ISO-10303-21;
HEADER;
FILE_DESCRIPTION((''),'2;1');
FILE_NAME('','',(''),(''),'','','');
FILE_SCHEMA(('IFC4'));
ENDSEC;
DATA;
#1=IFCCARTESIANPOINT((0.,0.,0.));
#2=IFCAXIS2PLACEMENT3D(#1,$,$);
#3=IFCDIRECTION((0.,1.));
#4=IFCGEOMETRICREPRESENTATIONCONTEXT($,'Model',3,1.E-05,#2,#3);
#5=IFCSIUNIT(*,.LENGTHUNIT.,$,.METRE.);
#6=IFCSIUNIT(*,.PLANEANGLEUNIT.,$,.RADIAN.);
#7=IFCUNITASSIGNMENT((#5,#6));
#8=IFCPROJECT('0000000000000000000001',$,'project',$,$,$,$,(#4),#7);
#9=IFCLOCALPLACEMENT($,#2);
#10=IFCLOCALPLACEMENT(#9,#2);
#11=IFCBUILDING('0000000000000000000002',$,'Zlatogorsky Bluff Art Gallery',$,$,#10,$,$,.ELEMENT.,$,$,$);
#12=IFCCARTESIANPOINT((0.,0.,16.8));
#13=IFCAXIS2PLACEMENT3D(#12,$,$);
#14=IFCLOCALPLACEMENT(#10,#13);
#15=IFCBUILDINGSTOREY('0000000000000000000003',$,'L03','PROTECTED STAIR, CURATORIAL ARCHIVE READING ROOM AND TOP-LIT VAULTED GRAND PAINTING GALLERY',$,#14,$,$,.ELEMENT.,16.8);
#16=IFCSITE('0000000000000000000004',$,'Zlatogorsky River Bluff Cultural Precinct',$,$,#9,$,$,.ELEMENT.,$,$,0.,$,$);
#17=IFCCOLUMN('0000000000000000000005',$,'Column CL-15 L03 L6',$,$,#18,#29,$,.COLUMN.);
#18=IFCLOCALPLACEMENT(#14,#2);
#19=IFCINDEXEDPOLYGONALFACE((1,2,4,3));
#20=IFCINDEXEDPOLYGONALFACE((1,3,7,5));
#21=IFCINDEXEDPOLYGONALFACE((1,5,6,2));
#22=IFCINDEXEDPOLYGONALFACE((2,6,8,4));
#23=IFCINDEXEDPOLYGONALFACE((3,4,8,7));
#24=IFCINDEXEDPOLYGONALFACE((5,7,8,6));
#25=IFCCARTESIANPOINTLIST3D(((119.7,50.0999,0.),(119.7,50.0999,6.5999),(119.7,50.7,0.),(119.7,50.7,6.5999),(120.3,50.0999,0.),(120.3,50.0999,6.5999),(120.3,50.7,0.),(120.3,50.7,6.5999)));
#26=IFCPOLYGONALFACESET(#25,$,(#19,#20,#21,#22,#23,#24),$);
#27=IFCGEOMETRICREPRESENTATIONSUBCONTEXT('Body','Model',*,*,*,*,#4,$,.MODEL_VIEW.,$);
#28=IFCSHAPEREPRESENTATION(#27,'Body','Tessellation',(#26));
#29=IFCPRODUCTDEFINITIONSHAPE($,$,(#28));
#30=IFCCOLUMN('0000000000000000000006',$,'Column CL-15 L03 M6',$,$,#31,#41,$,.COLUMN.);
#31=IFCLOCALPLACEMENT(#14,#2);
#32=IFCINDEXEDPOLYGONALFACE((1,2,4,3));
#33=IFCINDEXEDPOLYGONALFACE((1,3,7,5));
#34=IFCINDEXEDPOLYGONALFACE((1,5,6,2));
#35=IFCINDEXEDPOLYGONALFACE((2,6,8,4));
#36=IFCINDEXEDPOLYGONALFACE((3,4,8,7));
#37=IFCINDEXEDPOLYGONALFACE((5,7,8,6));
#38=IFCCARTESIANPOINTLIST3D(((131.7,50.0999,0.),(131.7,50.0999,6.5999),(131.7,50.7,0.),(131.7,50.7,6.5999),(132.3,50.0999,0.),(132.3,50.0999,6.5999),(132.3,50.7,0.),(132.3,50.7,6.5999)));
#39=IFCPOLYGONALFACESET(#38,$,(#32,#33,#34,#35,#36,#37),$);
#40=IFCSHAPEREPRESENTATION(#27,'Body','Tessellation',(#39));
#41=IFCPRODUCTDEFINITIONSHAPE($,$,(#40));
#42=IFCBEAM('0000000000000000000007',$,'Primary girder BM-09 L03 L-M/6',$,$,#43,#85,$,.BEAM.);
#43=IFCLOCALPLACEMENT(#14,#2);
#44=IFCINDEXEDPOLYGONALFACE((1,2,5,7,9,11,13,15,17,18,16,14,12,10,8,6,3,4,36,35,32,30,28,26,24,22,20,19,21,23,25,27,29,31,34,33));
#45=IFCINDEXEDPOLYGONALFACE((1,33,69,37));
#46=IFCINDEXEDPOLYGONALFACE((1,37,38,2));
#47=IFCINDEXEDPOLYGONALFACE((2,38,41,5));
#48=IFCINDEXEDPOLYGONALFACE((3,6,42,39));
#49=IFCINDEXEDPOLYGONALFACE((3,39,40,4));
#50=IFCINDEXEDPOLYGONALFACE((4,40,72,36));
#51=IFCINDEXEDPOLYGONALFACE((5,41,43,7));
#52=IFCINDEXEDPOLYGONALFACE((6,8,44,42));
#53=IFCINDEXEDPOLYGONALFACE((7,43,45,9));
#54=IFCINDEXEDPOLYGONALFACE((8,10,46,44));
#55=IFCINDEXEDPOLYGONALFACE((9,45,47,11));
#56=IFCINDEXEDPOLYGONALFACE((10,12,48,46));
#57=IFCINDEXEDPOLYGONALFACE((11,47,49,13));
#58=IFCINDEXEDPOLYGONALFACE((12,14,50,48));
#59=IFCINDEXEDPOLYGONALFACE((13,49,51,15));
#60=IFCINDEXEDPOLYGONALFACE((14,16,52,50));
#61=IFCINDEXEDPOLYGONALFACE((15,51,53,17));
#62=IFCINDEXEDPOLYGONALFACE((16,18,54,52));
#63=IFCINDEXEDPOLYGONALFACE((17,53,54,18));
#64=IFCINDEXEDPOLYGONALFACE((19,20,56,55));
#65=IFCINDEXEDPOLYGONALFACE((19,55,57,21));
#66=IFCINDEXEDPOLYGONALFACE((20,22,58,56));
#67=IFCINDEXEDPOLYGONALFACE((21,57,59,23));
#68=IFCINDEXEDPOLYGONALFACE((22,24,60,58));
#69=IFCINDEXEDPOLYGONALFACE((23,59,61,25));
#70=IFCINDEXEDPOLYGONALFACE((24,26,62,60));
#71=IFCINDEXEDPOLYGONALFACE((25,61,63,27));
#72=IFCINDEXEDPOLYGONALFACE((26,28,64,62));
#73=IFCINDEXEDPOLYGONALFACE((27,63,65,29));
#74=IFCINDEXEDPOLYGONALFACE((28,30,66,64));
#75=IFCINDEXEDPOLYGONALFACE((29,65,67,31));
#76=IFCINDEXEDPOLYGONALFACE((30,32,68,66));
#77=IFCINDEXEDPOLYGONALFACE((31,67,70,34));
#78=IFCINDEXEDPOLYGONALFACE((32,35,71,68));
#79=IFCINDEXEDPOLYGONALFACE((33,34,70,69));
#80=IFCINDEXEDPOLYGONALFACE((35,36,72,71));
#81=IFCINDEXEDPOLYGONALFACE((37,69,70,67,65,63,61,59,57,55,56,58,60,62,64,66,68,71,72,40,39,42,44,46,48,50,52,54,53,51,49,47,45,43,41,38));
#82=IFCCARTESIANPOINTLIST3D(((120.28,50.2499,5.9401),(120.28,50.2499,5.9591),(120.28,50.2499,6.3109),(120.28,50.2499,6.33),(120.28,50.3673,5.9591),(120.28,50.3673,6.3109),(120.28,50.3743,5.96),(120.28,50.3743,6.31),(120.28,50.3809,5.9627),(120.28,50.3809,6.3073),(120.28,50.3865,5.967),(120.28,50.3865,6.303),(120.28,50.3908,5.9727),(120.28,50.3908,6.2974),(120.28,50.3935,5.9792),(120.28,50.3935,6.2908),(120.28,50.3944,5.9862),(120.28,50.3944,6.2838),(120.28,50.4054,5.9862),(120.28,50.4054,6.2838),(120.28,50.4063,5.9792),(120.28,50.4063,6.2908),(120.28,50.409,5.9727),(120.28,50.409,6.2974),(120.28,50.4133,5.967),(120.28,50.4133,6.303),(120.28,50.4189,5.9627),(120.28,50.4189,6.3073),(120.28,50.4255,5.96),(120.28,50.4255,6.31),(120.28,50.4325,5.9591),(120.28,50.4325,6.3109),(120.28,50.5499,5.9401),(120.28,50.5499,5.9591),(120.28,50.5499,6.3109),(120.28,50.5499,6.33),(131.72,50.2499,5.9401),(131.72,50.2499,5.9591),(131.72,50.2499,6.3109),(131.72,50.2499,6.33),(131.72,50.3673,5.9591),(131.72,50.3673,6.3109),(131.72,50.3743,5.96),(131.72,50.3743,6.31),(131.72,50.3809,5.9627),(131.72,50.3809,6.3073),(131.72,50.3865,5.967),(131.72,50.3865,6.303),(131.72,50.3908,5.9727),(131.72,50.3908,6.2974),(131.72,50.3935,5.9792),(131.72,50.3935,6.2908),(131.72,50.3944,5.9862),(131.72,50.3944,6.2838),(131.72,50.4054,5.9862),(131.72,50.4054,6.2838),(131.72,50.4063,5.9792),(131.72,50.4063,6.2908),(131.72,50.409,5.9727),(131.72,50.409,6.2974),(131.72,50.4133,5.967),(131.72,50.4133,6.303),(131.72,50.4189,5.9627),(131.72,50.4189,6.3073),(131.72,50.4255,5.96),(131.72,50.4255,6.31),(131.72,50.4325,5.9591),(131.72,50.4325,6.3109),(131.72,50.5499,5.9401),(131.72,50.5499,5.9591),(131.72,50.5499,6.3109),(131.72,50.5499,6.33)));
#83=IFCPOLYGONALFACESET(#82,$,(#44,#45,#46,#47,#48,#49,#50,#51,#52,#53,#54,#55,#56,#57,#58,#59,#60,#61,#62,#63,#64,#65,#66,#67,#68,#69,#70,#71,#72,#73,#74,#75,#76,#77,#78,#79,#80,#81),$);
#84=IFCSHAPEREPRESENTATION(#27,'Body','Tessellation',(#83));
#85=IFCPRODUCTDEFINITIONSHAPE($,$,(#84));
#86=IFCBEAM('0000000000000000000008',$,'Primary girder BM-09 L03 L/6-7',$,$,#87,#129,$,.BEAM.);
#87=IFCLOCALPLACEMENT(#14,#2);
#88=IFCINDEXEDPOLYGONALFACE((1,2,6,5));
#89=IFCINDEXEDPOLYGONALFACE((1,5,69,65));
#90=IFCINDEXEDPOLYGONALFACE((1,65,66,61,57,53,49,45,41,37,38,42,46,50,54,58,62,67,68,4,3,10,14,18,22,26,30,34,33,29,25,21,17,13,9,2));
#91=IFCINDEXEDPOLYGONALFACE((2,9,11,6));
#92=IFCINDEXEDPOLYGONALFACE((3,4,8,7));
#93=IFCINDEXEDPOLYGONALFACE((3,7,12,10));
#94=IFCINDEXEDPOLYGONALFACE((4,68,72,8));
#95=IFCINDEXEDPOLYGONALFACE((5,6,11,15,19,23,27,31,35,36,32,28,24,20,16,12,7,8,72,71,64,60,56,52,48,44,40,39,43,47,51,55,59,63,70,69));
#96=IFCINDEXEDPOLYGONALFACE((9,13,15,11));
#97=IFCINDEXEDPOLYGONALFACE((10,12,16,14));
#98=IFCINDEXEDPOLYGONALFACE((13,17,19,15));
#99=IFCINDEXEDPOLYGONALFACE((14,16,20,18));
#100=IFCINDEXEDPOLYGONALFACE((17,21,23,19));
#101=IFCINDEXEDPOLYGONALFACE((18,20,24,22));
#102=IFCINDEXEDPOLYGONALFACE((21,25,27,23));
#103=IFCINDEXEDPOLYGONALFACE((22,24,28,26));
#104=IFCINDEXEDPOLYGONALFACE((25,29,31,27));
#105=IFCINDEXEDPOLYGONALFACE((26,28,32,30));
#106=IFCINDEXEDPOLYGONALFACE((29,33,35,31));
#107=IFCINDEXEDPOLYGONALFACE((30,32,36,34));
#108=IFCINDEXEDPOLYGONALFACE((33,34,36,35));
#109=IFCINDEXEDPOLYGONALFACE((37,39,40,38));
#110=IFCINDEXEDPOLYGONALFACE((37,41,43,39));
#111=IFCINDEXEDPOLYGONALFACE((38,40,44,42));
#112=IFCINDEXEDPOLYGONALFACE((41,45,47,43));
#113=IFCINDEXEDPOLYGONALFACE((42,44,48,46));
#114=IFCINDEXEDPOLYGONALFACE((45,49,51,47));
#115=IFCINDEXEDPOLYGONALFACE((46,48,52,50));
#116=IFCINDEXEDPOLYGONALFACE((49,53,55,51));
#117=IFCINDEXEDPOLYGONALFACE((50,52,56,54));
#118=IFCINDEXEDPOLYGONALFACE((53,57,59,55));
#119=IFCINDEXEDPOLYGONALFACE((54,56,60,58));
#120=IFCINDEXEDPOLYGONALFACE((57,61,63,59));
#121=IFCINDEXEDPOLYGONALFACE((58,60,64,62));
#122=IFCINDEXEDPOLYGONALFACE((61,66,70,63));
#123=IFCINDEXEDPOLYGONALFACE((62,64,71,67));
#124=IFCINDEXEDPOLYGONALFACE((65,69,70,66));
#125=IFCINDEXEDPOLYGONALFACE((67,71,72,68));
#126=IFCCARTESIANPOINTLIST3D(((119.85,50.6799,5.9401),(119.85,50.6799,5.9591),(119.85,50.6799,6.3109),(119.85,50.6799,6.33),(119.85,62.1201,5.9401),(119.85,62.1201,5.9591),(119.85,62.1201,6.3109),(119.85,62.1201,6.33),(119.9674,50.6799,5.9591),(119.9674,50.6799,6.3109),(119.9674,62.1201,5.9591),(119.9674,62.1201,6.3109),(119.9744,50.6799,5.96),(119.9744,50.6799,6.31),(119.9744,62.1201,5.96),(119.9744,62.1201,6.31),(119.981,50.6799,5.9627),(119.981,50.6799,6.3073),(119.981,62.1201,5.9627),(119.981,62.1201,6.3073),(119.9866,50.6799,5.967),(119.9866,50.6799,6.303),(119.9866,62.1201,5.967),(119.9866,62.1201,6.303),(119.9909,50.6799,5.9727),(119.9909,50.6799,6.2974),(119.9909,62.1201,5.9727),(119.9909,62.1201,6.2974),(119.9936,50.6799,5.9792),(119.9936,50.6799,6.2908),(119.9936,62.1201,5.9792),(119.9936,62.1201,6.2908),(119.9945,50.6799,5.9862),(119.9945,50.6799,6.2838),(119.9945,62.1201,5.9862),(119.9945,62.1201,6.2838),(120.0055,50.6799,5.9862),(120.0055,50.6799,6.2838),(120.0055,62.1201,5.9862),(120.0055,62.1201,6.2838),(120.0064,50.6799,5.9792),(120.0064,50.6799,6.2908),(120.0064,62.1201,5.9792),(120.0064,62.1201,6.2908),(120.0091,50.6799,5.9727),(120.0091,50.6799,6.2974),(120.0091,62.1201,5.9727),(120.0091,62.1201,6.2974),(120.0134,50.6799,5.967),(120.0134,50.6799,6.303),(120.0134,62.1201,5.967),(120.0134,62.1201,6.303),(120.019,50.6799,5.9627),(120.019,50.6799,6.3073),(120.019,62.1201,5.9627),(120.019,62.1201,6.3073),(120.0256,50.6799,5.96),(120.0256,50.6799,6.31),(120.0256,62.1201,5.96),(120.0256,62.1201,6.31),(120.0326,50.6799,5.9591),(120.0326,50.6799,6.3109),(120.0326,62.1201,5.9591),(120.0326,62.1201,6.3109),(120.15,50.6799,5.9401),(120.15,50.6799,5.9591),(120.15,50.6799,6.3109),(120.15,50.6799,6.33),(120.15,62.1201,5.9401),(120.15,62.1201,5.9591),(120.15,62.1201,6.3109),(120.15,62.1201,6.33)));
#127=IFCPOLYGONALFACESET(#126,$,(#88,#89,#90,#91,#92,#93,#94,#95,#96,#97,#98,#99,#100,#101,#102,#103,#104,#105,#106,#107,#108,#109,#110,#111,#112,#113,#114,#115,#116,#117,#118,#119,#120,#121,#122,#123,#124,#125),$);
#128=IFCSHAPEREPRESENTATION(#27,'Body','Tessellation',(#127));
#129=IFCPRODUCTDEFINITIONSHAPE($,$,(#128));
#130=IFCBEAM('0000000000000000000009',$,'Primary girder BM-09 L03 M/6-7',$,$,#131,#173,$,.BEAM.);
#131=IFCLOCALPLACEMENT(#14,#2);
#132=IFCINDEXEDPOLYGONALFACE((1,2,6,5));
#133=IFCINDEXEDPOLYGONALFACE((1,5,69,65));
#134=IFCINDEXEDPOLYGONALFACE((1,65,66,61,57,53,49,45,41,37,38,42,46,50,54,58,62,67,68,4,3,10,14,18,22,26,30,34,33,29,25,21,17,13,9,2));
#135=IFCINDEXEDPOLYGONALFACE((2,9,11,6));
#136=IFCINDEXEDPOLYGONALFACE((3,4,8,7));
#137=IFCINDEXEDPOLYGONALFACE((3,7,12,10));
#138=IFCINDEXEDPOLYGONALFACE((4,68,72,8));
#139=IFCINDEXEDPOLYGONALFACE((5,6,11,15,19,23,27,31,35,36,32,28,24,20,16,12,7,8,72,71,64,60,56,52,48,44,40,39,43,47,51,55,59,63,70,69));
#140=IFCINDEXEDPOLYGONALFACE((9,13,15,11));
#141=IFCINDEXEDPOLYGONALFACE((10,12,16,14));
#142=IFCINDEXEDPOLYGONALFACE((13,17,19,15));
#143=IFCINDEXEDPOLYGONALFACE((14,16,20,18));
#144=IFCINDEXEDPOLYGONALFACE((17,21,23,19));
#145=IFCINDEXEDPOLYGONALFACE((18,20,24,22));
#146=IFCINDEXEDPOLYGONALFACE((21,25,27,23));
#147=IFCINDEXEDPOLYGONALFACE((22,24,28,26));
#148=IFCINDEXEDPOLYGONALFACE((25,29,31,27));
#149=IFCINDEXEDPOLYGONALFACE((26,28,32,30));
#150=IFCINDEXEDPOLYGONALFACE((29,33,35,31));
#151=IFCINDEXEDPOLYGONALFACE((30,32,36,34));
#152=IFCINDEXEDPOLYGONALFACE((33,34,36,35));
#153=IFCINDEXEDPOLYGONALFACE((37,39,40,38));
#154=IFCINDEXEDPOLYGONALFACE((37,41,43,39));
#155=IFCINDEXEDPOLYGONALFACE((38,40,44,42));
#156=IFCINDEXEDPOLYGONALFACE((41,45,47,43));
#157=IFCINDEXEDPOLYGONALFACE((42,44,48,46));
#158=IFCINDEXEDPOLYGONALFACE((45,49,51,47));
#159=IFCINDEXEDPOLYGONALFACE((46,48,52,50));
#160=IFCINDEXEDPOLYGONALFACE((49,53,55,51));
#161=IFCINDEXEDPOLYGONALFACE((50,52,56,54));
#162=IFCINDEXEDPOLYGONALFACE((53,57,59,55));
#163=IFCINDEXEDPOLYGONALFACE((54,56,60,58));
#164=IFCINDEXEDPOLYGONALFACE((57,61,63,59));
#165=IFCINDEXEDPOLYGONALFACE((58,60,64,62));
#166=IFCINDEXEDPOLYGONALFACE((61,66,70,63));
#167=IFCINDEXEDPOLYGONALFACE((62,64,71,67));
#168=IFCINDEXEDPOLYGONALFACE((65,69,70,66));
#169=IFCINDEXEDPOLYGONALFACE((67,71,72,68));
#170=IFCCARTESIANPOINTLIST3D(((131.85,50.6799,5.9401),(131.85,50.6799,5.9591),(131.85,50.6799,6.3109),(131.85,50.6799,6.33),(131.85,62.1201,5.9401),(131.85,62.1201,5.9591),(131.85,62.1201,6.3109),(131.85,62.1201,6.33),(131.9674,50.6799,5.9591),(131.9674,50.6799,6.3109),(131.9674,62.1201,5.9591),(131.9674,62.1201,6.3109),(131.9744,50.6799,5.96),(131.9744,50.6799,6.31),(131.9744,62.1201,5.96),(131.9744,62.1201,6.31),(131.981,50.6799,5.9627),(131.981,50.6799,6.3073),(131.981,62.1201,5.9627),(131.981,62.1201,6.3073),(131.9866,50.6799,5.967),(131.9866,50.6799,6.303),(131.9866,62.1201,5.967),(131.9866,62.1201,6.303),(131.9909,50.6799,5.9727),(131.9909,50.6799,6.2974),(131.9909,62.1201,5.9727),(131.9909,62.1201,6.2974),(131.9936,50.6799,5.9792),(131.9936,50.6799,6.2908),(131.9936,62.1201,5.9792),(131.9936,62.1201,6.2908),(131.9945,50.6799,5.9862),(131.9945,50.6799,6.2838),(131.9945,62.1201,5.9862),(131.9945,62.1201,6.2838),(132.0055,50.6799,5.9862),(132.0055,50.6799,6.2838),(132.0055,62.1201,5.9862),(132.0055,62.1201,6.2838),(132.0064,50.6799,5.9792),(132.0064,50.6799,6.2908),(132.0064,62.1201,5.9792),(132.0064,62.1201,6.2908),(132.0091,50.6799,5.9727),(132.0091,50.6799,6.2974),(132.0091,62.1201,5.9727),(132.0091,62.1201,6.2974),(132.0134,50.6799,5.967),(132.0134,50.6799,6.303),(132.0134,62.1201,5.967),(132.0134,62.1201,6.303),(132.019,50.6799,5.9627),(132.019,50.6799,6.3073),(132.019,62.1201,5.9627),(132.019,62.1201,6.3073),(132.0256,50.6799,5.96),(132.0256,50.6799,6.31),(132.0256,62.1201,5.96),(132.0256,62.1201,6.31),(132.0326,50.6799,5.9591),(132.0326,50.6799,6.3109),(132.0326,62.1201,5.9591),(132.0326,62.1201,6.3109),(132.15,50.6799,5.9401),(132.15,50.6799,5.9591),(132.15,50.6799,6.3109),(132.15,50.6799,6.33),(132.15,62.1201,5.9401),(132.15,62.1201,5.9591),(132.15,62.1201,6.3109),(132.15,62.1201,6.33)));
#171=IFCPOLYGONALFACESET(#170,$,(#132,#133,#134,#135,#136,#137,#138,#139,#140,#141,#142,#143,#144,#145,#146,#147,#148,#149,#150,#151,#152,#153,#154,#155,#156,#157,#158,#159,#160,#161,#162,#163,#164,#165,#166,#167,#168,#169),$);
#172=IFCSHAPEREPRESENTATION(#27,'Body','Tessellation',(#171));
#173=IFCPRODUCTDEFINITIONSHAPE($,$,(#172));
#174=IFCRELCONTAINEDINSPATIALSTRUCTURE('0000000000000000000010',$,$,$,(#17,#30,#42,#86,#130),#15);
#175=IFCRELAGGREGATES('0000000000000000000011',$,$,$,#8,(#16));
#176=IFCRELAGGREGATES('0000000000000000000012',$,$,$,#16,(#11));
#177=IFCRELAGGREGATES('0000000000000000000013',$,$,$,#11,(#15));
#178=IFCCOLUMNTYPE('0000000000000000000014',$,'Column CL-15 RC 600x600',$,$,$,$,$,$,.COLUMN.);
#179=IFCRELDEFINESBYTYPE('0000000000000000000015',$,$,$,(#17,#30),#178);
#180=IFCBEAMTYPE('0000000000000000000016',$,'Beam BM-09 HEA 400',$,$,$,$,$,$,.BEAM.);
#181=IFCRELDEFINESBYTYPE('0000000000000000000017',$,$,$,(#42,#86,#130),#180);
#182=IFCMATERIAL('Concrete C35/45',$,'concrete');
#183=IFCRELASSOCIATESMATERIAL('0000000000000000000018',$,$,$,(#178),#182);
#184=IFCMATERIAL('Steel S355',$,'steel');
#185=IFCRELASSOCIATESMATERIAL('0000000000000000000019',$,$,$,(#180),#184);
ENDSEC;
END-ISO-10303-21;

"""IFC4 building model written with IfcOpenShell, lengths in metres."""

from ifc_helpers import new_model, si_unit, direction, frame, origin, origin_2d, place, context, subcontext, project, spatial, rectangle, i_section, extrude, material, material_profile, profile_set, type_object, element, save


model = new_model("IFC4")

# Units and contexts
model_context = context("Model", 3, precision=1e-05, world=origin(), true_north=direction((0.0, 1.0)))
body_context = subcontext(model_context, "Body", "Model", "MODEL_VIEW")
ifc_project = project(units=[si_unit("LENGTHUNIT", "METRE"), si_unit("PLANEANGLEUNIT", "RADIAN")], contexts=[model_context])

# Site, building, storey
site_placement = place(None, origin())
site = spatial("IfcSite", under=ifc_project, at=site_placement, Name="Zlatogorsky River Bluff Cultural Precinct", CompositionType="ELEMENT", RefElevation=0.0)
building_placement = place(site_placement, origin())
building = spatial("IfcBuilding", under=site, at=building_placement, Name="Zlatogorsky Bluff Art Gallery", CompositionType="ELEMENT")
storey_placement = place(building_placement, frame((0.0, 0.0, 16.8)))
storey = spatial("IfcBuildingStorey", under=building, at=storey_placement, Name="L03", Description="PROTECTED STAIR, CURATORIAL ARCHIVE READING ROOM AND TOP-LIT VAULTED GRAND PAINTING GALLERY", CompositionType="ELEMENT", Elevation=16.8)

# Columns
ifc_material_1 = material(Name="Concrete C35/45", Category="concrete")
ifc_material_profile_1 = material_profile(ifc_material_1, rectangle(XDim=0.6001, YDim=0.6001, at=origin_2d()), Name="RC 600x600")
ifc_profile_set_1 = profile_set([ifc_material_profile_1], Name="Concrete C35/45")
column_type = type_object("IfcColumnType", Name="Column CL-15 RC 600x600", PredefinedType="COLUMN", material=ifc_profile_set_1)
for number, where, z_axis, x_axis, name in (
    (1, (120.0, 50.3999, 0.0), (0.0, 0.0, 1.0), (1.0, 0.0, 0.0), "Column CL-15 L03 L6"),
    (2, (132.0, 50.3999, 0.0), (0.0, 0.0, 1.0), (1.0, 0.0, 0.0), "Column CL-15 L03 M6"),
):
    element("IfcColumn", number, at=place(storey_placement, frame(where, z_axis=z_axis, x_axis=x_axis)), inside=storey, type_object=column_type, Name=name, PredefinedType="COLUMN", context=body_context, shape_type="SweptSolid", body=[
        extrude(rectangle(XDim=0.6001, YDim=0.6001, at=origin_2d()), origin(), (0.0, 0.0, 1.0), 6.5999),
    ])

# Beams
ifc_material_2 = material(Name="Steel S355", Category="steel")
ifc_material_profile_2 = material_profile(ifc_material_2, i_section(OverallWidth=0.3, OverallDepth=0.3899, WebThickness=0.011, FlangeThickness=0.019, FilletRadius=0.0271, at=origin_2d()), Name="HEA 400")
ifc_profile_set_2 = profile_set([ifc_material_profile_2], Name="Steel S355")
beam_type_1 = type_object("IfcBeamType", Name="Beam BM-09 HEA 400", PredefinedType="BEAM", material=ifc_profile_set_2)
beam_placement = place(storey_placement, frame((120.28, 50.3999, 6.135), z_axis=(1.0, 0.0, 0.0), x_axis=(0.0, 1.0, 0.0)))
element("IfcBeam", 3, at=beam_placement, inside=storey, type_object=beam_type_1, Name="Primary girder BM-09 L03 L-M/6", PredefinedType="BEAM", context=body_context, shape_type="SweptSolid", body=[
    extrude(i_section(OverallWidth=0.3, OverallDepth=0.3899, WebThickness=0.011, FlangeThickness=0.019, FilletRadius=0.0271, at=origin_2d()), origin(), (0.0, 0.0, 1.0), 11.4399),
])
for number, where, z_axis, x_axis, name in (
    (4, (120.0, 50.6799, 6.135), (0.0, 1.0, 0.0), (-1.0, 0.0, 0.0), "Primary girder BM-09 L03 L/6-7"),
    (5, (132.0, 50.6799, 6.135), (0.0, 1.0, 0.0), (-1.0, 0.0, 0.0), "Primary girder BM-09 L03 M/6-7"),
):
    element("IfcBeam", number, at=place(storey_placement, frame(where, z_axis=z_axis, x_axis=x_axis)), inside=storey, type_object=beam_type_1, Name=name, PredefinedType="BEAM", context=body_context, shape_type="SweptSolid", body=[
        extrude(i_section(OverallWidth=0.3, OverallDepth=0.3899, WebThickness=0.011, FlangeThickness=0.019, FilletRadius=0.0271, at=origin_2d()), origin(), (0.0, 0.0, 1.0), 11.4402),
    ])

save(model, "model.ifc")
